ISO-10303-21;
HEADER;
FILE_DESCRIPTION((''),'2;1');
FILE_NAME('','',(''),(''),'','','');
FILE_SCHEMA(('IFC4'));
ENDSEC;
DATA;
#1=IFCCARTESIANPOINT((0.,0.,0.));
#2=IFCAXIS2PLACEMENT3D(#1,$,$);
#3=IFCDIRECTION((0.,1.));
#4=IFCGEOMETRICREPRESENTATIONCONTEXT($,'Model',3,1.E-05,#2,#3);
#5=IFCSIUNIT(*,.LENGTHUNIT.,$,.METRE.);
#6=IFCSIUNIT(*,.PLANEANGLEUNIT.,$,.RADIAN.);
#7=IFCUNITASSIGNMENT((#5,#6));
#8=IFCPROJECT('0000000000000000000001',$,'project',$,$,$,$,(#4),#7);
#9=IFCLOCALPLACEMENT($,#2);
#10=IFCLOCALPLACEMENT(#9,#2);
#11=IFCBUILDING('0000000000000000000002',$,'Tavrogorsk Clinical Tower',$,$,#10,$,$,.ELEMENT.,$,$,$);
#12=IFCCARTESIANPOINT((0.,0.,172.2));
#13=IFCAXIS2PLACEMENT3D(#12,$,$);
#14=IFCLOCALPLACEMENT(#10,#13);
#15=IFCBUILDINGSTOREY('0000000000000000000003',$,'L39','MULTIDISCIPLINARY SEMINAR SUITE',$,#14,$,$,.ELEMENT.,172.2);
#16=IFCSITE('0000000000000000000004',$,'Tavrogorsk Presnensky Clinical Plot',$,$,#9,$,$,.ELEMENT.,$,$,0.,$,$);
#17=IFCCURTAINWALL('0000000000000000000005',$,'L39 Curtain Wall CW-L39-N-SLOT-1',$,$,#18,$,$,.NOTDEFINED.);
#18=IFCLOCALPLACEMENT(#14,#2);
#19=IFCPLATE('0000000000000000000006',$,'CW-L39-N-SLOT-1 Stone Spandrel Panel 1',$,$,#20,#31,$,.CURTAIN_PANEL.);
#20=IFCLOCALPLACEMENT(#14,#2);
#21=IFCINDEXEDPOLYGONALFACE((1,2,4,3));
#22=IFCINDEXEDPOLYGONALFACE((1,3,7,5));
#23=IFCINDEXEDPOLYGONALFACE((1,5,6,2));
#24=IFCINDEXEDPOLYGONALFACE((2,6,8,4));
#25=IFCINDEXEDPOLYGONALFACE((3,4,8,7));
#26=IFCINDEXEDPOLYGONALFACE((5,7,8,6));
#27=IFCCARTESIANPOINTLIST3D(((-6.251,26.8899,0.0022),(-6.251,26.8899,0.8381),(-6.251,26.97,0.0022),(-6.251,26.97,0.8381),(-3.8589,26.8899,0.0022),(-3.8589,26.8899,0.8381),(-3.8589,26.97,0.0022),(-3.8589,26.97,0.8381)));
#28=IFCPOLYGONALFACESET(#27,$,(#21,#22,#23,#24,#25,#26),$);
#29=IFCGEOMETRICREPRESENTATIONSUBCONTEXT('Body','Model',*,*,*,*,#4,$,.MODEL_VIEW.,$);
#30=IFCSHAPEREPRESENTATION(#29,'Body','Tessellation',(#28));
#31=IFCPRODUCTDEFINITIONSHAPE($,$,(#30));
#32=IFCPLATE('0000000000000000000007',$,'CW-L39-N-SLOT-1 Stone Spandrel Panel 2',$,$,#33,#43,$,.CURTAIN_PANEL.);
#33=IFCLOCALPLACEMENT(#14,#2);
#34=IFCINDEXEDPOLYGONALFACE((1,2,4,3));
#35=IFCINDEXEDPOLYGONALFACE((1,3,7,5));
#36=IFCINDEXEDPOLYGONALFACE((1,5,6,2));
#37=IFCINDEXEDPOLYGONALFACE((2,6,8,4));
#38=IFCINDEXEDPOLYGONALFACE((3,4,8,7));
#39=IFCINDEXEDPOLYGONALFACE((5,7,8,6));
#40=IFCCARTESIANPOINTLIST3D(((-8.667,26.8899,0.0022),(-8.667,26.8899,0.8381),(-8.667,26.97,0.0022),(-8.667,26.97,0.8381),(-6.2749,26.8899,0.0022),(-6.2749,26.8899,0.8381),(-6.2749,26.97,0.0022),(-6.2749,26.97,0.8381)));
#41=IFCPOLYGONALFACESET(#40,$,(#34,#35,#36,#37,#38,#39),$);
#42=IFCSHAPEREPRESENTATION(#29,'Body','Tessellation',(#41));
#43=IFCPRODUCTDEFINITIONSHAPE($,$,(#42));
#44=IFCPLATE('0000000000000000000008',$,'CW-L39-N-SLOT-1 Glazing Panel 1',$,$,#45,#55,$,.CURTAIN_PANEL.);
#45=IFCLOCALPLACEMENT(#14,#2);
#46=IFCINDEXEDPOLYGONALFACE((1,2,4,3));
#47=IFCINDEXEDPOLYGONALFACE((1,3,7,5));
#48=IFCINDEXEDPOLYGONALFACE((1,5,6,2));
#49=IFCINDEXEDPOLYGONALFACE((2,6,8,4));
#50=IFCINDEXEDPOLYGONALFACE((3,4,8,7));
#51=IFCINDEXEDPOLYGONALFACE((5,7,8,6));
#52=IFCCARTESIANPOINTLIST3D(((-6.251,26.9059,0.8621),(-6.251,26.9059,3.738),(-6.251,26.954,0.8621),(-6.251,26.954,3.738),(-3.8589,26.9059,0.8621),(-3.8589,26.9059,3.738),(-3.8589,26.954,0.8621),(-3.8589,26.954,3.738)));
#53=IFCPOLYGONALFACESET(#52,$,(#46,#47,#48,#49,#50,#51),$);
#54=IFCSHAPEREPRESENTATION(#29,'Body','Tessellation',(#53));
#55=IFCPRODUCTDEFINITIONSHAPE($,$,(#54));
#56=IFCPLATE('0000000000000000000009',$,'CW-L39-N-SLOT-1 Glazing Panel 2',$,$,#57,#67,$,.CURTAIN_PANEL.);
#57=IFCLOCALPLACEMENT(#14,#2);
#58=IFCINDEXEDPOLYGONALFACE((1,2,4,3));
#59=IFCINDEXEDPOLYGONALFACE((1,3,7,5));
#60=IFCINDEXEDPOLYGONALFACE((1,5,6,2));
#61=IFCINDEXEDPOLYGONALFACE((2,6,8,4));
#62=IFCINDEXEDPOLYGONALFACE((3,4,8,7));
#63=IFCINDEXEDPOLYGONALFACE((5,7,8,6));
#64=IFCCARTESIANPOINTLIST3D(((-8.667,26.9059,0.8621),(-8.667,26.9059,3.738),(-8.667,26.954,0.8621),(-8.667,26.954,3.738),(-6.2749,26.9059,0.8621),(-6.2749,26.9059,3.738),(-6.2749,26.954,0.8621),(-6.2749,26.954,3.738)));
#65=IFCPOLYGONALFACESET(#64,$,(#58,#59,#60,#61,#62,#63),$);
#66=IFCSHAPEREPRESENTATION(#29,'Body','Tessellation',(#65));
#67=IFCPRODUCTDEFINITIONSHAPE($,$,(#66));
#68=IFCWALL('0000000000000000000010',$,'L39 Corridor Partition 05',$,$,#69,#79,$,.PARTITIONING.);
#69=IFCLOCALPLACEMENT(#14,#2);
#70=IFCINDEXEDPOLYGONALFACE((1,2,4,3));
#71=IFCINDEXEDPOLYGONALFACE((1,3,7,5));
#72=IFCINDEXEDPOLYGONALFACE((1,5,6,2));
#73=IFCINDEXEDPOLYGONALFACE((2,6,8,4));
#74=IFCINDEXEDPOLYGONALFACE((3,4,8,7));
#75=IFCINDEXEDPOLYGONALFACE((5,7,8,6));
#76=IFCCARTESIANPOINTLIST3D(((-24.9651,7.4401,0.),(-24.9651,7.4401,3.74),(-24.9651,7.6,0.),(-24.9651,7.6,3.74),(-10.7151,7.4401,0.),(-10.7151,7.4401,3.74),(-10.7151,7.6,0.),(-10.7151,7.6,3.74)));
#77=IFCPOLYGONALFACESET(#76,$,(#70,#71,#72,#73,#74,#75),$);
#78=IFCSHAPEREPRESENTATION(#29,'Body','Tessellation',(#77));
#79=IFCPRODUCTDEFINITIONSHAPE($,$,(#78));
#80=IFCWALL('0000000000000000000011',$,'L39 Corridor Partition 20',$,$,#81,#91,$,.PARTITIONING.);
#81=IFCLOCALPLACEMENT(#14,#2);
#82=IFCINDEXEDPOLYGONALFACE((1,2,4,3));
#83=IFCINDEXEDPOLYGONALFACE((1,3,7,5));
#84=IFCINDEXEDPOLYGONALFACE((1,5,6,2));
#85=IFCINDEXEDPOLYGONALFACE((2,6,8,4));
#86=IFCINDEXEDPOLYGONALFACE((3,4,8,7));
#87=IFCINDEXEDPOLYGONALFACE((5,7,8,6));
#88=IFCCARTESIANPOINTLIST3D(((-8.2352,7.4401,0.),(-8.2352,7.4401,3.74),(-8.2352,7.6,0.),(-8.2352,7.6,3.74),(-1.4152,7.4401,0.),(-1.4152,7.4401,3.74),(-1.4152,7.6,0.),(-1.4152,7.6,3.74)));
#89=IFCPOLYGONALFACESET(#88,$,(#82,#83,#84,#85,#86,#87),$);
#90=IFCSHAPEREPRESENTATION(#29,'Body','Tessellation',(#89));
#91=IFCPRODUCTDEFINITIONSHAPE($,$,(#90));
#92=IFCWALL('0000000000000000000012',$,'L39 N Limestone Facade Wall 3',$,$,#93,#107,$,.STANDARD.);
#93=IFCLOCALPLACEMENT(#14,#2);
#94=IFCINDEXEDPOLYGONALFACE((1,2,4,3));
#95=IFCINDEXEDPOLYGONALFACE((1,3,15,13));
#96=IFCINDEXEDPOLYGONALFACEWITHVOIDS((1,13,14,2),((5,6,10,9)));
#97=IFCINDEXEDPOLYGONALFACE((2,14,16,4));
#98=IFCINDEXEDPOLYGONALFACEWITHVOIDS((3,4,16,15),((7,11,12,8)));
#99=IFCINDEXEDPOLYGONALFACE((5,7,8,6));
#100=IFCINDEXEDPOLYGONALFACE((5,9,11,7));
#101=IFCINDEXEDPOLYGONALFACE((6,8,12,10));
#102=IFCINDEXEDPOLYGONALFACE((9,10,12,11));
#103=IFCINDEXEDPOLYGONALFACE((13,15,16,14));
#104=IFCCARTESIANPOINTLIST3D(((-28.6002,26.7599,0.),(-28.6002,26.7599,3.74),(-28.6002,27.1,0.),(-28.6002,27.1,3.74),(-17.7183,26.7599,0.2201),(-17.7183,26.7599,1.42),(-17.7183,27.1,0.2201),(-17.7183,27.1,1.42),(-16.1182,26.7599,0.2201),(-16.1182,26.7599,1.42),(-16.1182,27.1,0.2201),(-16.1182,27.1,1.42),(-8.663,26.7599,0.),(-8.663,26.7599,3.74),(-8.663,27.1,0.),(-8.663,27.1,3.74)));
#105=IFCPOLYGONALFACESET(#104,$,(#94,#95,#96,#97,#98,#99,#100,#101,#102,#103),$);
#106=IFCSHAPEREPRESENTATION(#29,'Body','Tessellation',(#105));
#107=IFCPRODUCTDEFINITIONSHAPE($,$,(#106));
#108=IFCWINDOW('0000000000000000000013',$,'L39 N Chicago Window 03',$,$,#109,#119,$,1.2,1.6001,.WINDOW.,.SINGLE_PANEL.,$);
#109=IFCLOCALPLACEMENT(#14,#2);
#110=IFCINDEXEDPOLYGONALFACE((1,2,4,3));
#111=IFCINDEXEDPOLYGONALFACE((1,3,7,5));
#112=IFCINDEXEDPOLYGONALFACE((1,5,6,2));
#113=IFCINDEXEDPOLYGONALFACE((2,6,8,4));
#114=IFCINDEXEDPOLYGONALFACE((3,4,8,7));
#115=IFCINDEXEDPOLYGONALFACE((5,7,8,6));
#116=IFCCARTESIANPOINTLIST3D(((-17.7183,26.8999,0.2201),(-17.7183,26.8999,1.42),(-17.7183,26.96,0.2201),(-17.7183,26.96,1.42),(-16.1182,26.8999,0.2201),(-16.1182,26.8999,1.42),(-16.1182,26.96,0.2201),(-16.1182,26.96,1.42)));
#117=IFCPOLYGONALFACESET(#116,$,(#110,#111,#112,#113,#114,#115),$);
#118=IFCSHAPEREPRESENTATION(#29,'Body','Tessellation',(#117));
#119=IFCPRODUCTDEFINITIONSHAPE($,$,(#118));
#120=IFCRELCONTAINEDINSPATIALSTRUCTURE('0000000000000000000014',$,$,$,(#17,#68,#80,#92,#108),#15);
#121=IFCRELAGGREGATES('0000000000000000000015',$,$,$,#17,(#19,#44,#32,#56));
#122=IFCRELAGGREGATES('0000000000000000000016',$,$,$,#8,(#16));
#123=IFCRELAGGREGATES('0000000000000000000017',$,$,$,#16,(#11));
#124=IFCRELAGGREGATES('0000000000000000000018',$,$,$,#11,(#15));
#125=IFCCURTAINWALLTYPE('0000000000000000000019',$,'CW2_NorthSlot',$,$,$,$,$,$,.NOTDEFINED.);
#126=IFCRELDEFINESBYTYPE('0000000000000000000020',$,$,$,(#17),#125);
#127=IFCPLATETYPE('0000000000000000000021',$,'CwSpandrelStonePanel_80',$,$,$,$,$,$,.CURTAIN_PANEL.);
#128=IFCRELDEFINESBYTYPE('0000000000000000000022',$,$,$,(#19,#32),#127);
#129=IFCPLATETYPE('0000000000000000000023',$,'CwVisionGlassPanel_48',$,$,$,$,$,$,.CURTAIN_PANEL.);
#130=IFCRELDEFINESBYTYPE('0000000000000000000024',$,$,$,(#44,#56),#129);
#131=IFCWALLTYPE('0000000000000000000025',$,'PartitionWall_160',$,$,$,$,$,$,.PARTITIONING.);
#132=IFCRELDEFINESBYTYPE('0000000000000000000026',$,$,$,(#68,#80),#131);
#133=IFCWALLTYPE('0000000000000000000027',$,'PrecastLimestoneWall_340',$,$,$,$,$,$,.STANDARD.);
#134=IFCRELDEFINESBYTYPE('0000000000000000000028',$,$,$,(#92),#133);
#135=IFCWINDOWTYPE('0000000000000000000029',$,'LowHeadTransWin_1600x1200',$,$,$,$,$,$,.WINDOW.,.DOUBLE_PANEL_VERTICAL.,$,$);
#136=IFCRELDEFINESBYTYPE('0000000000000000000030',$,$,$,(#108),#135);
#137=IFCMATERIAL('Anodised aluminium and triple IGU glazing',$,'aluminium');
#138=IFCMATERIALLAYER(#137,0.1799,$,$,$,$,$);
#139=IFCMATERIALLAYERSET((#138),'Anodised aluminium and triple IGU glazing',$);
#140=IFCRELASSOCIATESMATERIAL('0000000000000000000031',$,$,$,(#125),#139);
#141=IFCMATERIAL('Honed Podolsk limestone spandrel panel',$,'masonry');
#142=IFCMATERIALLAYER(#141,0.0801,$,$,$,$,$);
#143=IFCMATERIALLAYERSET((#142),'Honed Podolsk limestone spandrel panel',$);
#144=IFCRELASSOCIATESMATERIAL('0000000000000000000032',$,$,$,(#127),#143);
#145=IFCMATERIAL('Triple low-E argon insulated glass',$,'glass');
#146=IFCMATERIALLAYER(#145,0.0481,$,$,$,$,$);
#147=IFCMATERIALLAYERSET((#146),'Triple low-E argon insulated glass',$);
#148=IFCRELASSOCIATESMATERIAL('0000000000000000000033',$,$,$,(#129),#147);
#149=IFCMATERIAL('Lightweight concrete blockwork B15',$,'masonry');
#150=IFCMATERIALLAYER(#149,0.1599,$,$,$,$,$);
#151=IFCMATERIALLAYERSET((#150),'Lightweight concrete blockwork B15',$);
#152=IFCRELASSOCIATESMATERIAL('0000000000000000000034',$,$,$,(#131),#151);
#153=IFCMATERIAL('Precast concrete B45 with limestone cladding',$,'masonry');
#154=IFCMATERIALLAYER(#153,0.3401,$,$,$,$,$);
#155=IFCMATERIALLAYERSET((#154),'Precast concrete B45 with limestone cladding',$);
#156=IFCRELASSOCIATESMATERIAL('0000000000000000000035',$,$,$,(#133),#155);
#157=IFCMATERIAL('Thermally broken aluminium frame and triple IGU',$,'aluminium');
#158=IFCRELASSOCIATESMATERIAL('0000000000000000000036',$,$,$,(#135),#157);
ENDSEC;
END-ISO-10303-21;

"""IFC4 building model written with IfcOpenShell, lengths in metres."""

from ifc_helpers import new_model, si_unit, direction, frame, frame_2d, origin, origin_2d, place, context, subcontext, project, spatial, rectangle, extrude, material, layer, layer_set, type_object, element, fill, aggregate, save


model = new_model("IFC4")

# Units and contexts
model_context = context("Model", 3, precision=1e-05, world=origin(), true_north=direction((0.0, 1.0)))
body_context = subcontext(model_context, "Body", "Model", "MODEL_VIEW")
ifc_project = project(units=[si_unit("LENGTHUNIT", "METRE"), si_unit("PLANEANGLEUNIT", "RADIAN")], contexts=[model_context])

# Site, building, storey
site_placement = place(None, origin())
site = spatial("IfcSite", under=ifc_project, at=site_placement, Name="Tavrogorsk Presnensky Clinical Plot", CompositionType="ELEMENT", RefElevation=0.0)
building_placement = place(site_placement, origin())
building = spatial("IfcBuilding", under=site, at=building_placement, Name="Tavrogorsk Clinical Tower", CompositionType="ELEMENT")
storey_placement = place(building_placement, frame((0.0, 0.0, 172.2)))
storey = spatial("IfcBuildingStorey", under=building, at=storey_placement, Name="L39", Description="MULTIDISCIPLINARY SEMINAR SUITE", CompositionType="ELEMENT", Elevation=172.2)

# Curtain wall
ifc_material_1 = material(Name="Anodised aluminium and triple IGU glazing", Category="aluminium")
ifc_layer_1 = layer(ifc_material_1, 0.1799)
ifc_layer_set_1 = layer_set([ifc_layer_1], Name="Anodised aluminium and triple IGU glazing")
curtain_wall_type = type_object("IfcCurtainWallType", Name="CW2_NorthSlot", PredefinedType="NOTDEFINED", material=ifc_layer_set_1)
curtain_wall_placement = place(storey_placement, origin())
curtain_wall = element("IfcCurtainWall", 1, at=curtain_wall_placement, inside=storey, type_object=curtain_wall_type, Name="L39 Curtain Wall CW-L39-N-SLOT-1", PredefinedType="NOTDEFINED")

# Plates
ifc_material_2 = material(Name="Honed Podolsk limestone spandrel panel", Category="masonry")
ifc_layer_2 = layer(ifc_material_2, 0.0801)
ifc_layer_set_2 = layer_set([ifc_layer_2], Name="Honed Podolsk limestone spandrel panel")
plate_type_1 = type_object("IfcPlateType", Name="CwSpandrelStonePanel_80", PredefinedType="CURTAIN_PANEL", material=ifc_layer_set_2)
plate_1_placement = place(storey_placement, frame((-5.0549, 26.9299, 0.0022), z_axis=(0.0, 0.0, 1.0), x_axis=(-1.0, 0.0, 0.0)))
plate_1 = element("IfcPlate", 2, at=plate_1_placement, type_object=plate_type_1, Name="CW-L39-N-SLOT-1 Stone Spandrel Panel 1", PredefinedType="CURTAIN_PANEL", context=body_context, shape_type="SweptSolid", body=[
    extrude(rectangle(XDim=2.3921, YDim=0.0801, at=origin_2d()), origin(), (0.0, 0.0, 1.0), 0.8359),
])
plate_2_placement = place(storey_placement, frame((-7.4709, 26.9299, 0.0022), z_axis=(0.0, 0.0, 1.0), x_axis=(-1.0, 0.0, 0.0)))
plate_2 = element("IfcPlate", 3, at=plate_2_placement, type_object=plate_type_1, Name="CW-L39-N-SLOT-1 Stone Spandrel Panel 2", PredefinedType="CURTAIN_PANEL", context=body_context, shape_type="SweptSolid", body=[
    extrude(rectangle(XDim=2.3921, YDim=0.0801, at=origin_2d()), origin(), (0.0, 0.0, 1.0), 0.8359),
])
ifc_material_3 = material(Name="Triple low-E argon insulated glass", Category="glass")
ifc_layer_3 = layer(ifc_material_3, 0.0481)
ifc_layer_set_3 = layer_set([ifc_layer_3], Name="Triple low-E argon insulated glass")
plate_type_2 = type_object("IfcPlateType", Name="CwVisionGlassPanel_48", PredefinedType="CURTAIN_PANEL", material=ifc_layer_set_3)
plate_3_placement = place(storey_placement, frame((-5.0549, 26.9299, 0.8621), z_axis=(0.0, 0.0, 1.0), x_axis=(-1.0, 0.0, 0.0)))
plate_3 = element("IfcPlate", 4, at=plate_3_placement, type_object=plate_type_2, Name="CW-L39-N-SLOT-1 Glazing Panel 1", PredefinedType="CURTAIN_PANEL", context=body_context, shape_type="SweptSolid", body=[
    extrude(rectangle(XDim=2.3921, YDim=0.0481, at=origin_2d()), origin(), (0.0, 0.0, 1.0), 2.876),
])
plate_4_placement = place(storey_placement, frame((-7.4709, 26.9299, 0.8621), z_axis=(0.0, 0.0, 1.0), x_axis=(-1.0, 0.0, 0.0)))
plate_4 = element("IfcPlate", 5, at=plate_4_placement, type_object=plate_type_2, Name="CW-L39-N-SLOT-1 Glazing Panel 2", PredefinedType="CURTAIN_PANEL", context=body_context, shape_type="SweptSolid", body=[
    extrude(rectangle(XDim=2.3921, YDim=0.0481, at=origin_2d()), origin(), (0.0, 0.0, 1.0), 2.876),
])
aggregate(curtain_wall, [plate_1, plate_3, plate_2, plate_4])

# Walls
ifc_material_4 = material(Name="Lightweight concrete blockwork B15", Category="masonry")
ifc_layer_4 = layer(ifc_material_4, 0.1599)
ifc_layer_set_4 = layer_set([ifc_layer_4], Name="Lightweight concrete blockwork B15")
wall_type_1 = type_object("IfcWallType", Name="PartitionWall_160", PredefinedType="PARTITIONING", material=ifc_layer_set_4)
wall_1_placement = place(storey_placement, frame((-10.7151, 7.52, 0.0), z_axis=(0.0, 0.0, 1.0), x_axis=(-1.0, 0.0, 0.0)))
element("IfcWall", 6, at=wall_1_placement, inside=storey, type_object=wall_type_1, Name="L39 Corridor Partition 05", PredefinedType="PARTITIONING", context=body_context, shape_type="SweptSolid", body=[
    extrude(rectangle(XDim=14.25, YDim=0.1599, at=frame_2d((7.125, 0.0))), origin(), (0.0, 0.0, 1.0), 3.74),
])
wall_2_placement = place(storey_placement, frame((-1.415, 7.52, 0.0), z_axis=(0.0, 0.0, 1.0), x_axis=(-1.0, 0.0, 0.0)))
element("IfcWall", 7, at=wall_2_placement, inside=storey, type_object=wall_type_1, Name="L39 Corridor Partition 20", PredefinedType="PARTITIONING", context=body_context, shape_type="SweptSolid", body=[
    extrude(rectangle(XDim=6.8201, YDim=0.1599, at=frame_2d((3.4102, 0.0))), origin(), (0.0, 0.0, 1.0), 3.74),
])

# Wall, opening, window
ifc_material_5 = material(Name="Precast concrete B45 with limestone cladding", Category="masonry")
ifc_layer_5 = layer(ifc_material_5, 0.3401)
ifc_layer_set_5 = layer_set([ifc_layer_5], Name="Precast concrete B45 with limestone cladding")
wall_type_2 = type_object("IfcWallType", Name="PrecastLimestoneWall_340", PredefinedType="STANDARD", material=ifc_layer_set_5)
wall_3_placement = place(storey_placement, frame((-8.6628, 26.9299, 0.0), z_axis=(0.0, 0.0, 1.0), x_axis=(-1.0, 0.0, 0.0)))
wall_3 = element("IfcWall", 8, at=wall_3_placement, inside=storey, type_object=wall_type_2, Name="L39 N Limestone Facade Wall 3", PredefinedType="STANDARD", context=body_context, shape_type="SweptSolid", body=[
    extrude(rectangle(XDim=19.9373, YDim=0.3401, at=frame_2d((9.9688, 0.0))), origin(), (0.0, 0.0, 1.0), 3.74),
])
opening_placement = place(wall_3_placement, frame((7.4553, 0.0, 0.22)))
opening = element("IfcOpeningElement", 9, at=opening_placement, cuts=wall_3, PredefinedType="OPENING", context=body_context, shape_type="SweptSolid", body=[
    extrude(rectangle(XDim=1.6001, YDim=1.2, at=frame_2d((0.8, 0.6001))), frame((0.0, 0.1799, 0.0), z_axis=(0.0, -1.0, 0.0), x_axis=(1.0, 0.0, 0.0)), (0.0, 0.0, 1.0), 0.3601),
])
ifc_material_6 = material(Name="Thermally broken aluminium frame and triple IGU", Category="aluminium")
window_type = type_object("IfcWindowType", Name="LowHeadTransWin_1600x1200", PartitioningType="DOUBLE_PANEL_VERTICAL", PredefinedType="WINDOW", material=ifc_material_6)
window_placement = place(opening_placement, origin())
window = element("IfcWindow", 10, at=window_placement, inside=storey, type_object=window_type, Name="L39 N Chicago Window 03", OverallHeight=1.2, OverallWidth=1.6001, PartitioningType="SINGLE_PANEL", PredefinedType="WINDOW", context=body_context, shape_type="SweptSolid", body=[
    extrude(rectangle(XDim=1.6001, YDim=1.2, at=frame_2d((0.8, 0.6001))), frame((0.0, 0.03, 0.0), z_axis=(0.0, -1.0, 0.0), x_axis=(1.0, 0.0, 0.0)), (0.0, 0.0, 1.0), 0.0601),
])
fill(opening, window)

save(model, "model.ifc")
